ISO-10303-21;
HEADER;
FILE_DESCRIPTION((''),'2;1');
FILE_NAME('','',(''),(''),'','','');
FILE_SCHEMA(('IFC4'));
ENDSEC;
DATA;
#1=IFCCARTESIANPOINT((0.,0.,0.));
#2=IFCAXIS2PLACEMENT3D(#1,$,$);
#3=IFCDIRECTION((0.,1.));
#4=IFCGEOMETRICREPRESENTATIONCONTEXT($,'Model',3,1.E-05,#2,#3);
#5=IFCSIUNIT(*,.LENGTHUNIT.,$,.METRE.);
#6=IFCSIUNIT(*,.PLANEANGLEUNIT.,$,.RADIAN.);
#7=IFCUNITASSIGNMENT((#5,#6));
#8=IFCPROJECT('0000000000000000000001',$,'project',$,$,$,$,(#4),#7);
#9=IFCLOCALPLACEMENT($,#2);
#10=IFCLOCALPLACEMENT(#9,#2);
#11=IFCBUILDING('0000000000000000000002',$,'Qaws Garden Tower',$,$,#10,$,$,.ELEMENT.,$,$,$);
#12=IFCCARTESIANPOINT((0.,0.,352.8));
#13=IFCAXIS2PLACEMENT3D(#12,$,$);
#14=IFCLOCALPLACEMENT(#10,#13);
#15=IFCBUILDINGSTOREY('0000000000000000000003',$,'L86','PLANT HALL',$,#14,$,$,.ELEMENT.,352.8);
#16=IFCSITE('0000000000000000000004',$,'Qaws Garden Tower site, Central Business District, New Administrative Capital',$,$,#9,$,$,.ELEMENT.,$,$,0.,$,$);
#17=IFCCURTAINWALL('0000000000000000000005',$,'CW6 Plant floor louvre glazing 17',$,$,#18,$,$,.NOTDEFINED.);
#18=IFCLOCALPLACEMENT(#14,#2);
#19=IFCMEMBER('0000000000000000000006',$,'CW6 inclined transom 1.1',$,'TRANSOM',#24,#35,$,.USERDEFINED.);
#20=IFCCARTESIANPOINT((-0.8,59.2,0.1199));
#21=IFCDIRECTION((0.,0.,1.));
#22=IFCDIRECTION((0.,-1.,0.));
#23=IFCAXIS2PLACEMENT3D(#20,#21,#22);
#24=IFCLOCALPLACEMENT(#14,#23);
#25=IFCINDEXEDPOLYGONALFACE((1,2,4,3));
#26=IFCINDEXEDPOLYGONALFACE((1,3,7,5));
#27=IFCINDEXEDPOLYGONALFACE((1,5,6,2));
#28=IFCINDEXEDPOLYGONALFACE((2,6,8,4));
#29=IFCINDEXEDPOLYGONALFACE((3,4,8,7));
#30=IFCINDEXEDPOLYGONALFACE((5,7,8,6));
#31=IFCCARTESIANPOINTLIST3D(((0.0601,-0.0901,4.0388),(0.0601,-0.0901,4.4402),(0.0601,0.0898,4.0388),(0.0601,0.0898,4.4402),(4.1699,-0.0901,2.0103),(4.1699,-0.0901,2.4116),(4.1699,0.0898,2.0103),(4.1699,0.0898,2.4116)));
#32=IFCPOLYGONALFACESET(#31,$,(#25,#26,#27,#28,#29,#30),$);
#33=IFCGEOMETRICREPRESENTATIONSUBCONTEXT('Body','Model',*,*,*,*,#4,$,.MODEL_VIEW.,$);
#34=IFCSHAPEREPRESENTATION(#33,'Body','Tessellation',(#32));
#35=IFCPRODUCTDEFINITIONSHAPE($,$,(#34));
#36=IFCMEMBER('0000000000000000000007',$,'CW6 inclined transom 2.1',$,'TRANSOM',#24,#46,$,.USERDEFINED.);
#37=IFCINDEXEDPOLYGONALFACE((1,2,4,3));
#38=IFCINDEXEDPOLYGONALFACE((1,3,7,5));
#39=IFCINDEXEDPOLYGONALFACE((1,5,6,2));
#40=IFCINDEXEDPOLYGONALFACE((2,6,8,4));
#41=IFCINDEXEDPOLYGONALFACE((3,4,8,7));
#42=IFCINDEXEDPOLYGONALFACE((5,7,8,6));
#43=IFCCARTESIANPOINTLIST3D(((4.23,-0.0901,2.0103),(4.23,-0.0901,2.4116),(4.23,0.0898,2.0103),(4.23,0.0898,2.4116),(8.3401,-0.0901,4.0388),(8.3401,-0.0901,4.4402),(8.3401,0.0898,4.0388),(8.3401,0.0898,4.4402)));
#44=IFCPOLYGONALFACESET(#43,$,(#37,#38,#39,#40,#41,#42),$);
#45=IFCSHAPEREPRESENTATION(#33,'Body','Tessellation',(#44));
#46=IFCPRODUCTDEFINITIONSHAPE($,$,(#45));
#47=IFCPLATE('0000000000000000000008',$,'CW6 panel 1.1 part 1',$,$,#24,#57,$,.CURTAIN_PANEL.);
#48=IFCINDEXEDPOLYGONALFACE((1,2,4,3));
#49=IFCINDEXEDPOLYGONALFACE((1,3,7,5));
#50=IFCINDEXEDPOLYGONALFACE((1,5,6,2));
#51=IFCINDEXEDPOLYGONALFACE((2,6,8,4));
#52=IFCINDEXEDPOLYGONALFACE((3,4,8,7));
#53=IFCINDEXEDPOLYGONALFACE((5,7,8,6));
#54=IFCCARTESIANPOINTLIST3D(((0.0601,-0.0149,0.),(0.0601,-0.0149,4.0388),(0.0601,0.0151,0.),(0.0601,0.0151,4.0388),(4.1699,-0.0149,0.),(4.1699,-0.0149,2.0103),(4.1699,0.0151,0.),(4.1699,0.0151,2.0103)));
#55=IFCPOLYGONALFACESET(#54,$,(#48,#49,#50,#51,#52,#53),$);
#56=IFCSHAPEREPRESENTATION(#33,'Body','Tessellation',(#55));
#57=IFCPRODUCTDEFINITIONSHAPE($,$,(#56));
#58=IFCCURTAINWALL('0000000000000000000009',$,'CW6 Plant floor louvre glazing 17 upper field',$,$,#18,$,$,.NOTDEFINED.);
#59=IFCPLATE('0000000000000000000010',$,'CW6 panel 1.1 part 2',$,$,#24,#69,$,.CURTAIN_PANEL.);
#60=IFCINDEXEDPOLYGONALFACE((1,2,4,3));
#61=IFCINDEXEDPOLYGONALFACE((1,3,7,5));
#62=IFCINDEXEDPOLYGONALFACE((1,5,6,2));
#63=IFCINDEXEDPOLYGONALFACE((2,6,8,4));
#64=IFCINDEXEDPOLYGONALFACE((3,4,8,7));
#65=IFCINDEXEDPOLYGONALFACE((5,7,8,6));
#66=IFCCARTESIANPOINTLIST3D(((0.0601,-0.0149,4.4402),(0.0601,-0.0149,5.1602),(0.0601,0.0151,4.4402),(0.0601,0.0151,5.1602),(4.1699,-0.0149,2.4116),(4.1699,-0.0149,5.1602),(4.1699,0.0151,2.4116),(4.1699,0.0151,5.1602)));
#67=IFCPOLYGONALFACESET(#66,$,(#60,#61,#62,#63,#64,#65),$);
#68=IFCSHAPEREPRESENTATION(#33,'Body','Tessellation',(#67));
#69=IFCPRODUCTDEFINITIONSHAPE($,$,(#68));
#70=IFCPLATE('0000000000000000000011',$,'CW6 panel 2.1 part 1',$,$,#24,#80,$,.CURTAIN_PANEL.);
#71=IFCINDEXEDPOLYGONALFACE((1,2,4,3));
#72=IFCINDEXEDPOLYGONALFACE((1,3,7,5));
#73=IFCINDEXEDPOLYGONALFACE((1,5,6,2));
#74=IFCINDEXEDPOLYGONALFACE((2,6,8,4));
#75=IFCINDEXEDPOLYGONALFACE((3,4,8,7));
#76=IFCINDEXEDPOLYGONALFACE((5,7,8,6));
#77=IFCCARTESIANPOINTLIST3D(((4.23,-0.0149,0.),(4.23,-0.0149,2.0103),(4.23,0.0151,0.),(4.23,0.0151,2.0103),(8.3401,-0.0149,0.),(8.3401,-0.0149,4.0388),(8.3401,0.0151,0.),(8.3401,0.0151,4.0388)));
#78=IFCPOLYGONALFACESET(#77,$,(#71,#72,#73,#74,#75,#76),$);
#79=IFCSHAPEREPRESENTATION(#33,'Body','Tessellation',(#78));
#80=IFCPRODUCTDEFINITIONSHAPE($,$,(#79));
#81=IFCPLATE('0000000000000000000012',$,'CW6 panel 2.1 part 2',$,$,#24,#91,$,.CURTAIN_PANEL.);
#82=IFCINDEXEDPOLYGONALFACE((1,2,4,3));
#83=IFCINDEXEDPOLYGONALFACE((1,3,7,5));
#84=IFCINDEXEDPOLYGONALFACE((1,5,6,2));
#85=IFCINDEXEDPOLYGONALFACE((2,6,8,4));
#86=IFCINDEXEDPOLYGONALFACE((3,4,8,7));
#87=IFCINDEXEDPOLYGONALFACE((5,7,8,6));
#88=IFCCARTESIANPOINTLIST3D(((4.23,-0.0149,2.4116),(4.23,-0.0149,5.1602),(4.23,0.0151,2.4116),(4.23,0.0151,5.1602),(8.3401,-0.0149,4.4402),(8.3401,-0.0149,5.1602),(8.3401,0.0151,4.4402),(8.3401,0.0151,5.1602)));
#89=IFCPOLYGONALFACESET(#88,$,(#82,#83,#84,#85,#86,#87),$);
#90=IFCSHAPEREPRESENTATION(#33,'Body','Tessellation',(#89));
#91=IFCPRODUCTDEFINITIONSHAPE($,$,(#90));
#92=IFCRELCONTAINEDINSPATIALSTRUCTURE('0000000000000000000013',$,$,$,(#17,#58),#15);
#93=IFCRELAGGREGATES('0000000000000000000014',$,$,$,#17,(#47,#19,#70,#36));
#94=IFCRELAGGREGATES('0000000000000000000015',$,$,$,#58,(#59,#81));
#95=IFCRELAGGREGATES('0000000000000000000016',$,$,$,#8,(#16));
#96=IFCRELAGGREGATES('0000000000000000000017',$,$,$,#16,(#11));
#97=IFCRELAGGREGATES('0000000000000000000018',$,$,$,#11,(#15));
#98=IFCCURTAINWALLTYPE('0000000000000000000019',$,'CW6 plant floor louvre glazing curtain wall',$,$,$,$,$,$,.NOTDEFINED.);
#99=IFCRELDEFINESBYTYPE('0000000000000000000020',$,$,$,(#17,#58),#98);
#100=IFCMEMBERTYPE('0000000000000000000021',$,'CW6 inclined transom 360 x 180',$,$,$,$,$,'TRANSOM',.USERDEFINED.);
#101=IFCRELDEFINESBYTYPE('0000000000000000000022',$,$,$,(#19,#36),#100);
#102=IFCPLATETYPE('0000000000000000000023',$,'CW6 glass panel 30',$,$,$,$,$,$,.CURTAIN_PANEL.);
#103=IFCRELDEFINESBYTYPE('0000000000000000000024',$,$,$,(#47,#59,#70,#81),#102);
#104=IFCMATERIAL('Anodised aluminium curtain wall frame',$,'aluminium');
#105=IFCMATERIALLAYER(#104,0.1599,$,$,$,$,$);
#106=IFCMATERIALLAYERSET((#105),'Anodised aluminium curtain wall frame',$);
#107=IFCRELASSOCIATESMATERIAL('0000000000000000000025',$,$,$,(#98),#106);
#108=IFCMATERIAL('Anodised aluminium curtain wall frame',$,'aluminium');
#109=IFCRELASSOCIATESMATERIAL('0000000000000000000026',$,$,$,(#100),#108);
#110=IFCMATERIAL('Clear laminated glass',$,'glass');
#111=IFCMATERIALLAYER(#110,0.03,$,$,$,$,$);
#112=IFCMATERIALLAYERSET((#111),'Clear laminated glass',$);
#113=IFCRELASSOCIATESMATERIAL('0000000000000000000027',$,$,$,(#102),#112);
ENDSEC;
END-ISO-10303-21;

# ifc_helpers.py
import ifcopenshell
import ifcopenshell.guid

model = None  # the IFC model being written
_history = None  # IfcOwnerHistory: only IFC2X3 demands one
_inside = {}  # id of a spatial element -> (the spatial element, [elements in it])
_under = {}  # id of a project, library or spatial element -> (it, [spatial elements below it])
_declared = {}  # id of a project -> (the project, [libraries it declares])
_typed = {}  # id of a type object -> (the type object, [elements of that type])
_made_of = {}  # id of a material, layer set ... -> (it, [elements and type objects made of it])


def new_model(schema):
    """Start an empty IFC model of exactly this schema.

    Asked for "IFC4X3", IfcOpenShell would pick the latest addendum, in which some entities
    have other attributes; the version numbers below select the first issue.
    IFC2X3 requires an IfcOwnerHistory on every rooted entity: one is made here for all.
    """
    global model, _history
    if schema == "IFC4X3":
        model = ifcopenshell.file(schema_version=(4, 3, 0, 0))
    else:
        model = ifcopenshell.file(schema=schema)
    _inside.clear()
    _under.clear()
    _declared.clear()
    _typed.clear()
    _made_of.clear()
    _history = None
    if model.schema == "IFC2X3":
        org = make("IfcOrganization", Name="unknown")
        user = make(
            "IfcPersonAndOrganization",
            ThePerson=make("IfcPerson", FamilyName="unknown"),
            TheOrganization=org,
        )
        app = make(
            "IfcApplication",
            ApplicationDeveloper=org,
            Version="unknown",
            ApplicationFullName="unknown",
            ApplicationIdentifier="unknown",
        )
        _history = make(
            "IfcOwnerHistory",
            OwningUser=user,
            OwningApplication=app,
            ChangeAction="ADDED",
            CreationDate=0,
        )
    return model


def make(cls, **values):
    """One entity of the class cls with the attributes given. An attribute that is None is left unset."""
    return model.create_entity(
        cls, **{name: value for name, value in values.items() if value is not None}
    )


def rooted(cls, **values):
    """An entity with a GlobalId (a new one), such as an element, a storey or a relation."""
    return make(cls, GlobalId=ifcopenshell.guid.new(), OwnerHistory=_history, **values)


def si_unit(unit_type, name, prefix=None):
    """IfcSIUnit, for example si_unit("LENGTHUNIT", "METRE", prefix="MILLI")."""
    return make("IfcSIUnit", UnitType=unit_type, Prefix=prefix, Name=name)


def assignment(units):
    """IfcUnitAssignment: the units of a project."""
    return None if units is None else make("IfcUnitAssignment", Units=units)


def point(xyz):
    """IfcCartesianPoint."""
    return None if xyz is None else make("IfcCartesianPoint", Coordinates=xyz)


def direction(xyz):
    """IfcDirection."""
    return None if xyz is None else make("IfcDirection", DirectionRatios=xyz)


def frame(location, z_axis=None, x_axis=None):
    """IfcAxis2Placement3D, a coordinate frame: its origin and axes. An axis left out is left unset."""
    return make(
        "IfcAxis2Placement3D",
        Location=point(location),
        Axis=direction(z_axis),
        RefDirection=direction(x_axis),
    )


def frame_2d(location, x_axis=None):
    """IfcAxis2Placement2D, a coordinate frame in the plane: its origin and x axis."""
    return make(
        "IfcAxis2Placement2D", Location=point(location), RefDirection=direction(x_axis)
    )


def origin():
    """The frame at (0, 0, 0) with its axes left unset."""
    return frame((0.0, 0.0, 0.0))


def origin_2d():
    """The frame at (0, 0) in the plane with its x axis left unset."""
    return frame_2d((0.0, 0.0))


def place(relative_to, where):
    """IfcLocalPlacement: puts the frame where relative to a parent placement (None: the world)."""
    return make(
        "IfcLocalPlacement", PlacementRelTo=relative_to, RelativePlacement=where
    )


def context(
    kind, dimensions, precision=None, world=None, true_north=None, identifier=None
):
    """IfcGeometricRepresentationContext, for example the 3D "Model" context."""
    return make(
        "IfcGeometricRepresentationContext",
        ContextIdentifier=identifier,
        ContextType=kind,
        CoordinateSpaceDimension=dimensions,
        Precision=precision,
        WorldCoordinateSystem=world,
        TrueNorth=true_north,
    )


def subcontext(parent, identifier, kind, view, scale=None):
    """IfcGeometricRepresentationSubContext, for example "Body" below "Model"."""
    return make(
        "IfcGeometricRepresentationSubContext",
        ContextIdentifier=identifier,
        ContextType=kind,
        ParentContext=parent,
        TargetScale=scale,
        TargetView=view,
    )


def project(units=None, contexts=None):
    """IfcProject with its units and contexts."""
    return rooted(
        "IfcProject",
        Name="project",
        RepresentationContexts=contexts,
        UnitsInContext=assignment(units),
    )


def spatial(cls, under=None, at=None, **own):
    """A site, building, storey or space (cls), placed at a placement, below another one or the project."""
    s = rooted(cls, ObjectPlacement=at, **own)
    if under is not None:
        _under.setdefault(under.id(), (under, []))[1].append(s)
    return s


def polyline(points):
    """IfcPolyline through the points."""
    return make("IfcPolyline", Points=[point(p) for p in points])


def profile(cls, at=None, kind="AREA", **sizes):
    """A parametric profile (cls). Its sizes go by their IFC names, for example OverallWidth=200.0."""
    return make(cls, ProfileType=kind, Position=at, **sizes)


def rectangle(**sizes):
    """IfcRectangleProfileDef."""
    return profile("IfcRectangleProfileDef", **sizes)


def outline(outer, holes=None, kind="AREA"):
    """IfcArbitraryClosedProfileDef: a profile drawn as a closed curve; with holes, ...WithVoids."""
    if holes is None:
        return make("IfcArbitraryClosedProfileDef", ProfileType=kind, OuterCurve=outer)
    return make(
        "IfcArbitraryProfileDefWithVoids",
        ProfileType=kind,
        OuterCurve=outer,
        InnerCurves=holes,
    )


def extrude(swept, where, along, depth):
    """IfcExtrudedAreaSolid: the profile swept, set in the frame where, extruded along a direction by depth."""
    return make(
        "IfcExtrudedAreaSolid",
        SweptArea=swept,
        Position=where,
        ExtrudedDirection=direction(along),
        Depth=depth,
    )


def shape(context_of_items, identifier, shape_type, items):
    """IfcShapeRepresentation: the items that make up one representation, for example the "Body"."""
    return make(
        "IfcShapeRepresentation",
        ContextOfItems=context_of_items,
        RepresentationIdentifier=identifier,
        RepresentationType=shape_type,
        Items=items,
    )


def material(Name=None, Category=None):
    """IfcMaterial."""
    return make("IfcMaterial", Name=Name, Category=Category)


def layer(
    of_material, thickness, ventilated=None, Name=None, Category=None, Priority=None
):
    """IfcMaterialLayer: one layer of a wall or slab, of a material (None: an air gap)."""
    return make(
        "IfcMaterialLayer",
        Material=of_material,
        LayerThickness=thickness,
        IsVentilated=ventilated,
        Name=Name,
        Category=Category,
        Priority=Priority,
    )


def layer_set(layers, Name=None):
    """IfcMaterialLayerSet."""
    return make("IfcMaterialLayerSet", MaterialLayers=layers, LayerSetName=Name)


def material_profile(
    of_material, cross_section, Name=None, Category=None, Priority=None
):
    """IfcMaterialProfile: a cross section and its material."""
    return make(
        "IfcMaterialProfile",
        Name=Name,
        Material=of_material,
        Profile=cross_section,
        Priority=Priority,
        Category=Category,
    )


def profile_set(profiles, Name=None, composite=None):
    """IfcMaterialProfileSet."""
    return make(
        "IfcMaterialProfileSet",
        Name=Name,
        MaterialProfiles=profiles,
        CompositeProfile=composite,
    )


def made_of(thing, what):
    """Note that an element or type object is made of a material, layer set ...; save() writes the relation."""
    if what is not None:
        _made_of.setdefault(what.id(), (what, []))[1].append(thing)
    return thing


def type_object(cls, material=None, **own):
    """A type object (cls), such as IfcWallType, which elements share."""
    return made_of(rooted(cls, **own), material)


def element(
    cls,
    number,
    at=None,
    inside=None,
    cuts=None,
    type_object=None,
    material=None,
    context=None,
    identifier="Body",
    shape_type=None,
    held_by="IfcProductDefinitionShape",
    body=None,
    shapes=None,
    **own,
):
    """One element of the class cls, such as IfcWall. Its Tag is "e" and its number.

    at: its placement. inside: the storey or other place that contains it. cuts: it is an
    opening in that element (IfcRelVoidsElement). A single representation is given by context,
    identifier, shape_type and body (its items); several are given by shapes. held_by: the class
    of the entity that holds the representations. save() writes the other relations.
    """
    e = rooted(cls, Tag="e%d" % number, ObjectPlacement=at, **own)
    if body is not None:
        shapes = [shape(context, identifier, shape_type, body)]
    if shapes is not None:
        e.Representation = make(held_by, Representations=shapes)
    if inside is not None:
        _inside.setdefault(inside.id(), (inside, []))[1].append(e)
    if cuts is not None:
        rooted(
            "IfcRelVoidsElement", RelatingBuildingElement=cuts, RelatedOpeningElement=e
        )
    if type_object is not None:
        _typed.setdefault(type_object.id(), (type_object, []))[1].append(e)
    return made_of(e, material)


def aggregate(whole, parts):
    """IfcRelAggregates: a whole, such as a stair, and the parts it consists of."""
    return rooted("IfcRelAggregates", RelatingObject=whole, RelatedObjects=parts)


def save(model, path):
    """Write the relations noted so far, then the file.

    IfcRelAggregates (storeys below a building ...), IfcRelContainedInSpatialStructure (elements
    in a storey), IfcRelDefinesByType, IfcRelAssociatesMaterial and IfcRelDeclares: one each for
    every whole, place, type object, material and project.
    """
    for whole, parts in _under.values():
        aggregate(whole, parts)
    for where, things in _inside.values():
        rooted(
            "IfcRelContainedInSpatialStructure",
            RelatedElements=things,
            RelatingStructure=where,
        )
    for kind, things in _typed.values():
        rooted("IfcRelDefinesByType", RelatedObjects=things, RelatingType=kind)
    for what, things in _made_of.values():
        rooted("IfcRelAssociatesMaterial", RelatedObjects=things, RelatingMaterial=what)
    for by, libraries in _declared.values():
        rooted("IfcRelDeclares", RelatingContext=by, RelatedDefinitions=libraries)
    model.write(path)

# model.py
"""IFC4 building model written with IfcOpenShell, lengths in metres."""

from ifc_helpers import new_model, si_unit, direction, frame, origin, origin_2d, place, context, subcontext, project, spatial, polyline, rectangle, outline, extrude, material, layer, layer_set, material_profile, profile_set, type_object, element, aggregate, save


model = new_model("IFC4")

# Units and contexts
model_context = context("Model", 3, precision=1e-05, world=origin(), true_north=direction((0.0, 1.0)))
body_context = subcontext(model_context, "Body", "Model", "MODEL_VIEW")
ifc_project = project(units=[si_unit("LENGTHUNIT", "METRE"), si_unit("PLANEANGLEUNIT", "RADIAN")], contexts=[model_context])

# Site, building, storey
site_placement = place(None, origin())
site = spatial("IfcSite", under=ifc_project, at=site_placement, Name="Qaws Garden Tower site, Central Business District, New Administrative Capital", CompositionType="ELEMENT", RefElevation=0.0)
building_placement = place(site_placement, origin())
building = spatial("IfcBuilding", under=site, at=building_placement, Name="Qaws Garden Tower", CompositionType="ELEMENT")
storey_placement = place(building_placement, frame((0.0, 0.0, 352.8)))
storey = spatial("IfcBuildingStorey", under=building, at=storey_placement, Name="L86", Description="PLANT HALL", CompositionType="ELEMENT", Elevation=352.8)

# Curtain wall, members, plate
ifc_material_1 = material(Name="Anodised aluminium curtain wall frame", Category="aluminium")
ifc_layer_1 = layer(ifc_material_1, 0.1599)
ifc_layer_set_1 = layer_set([ifc_layer_1], Name="Anodised aluminium curtain wall frame")
curtain_wall_type = type_object("IfcCurtainWallType", Name="CW6 plant floor louvre glazing curtain wall", PredefinedType="NOTDEFINED", material=ifc_layer_set_1)
placement_1 = place(storey_placement, origin())
curtain_wall_1 = element("IfcCurtainWall", 1, at=placement_1, inside=storey, type_object=curtain_wall_type, Name="CW6 Plant floor louvre glazing 17", PredefinedType="NOTDEFINED")
ifc_material_2 = material(Name="Anodised aluminium curtain wall frame", Category="aluminium")
ifc_material_profile_1 = material_profile(ifc_material_2, rectangle(XDim=0.1799, YDim=0.3601, at=origin_2d()), Name="AL 180x360")
ifc_profile_set_1 = profile_set([ifc_material_profile_1], Name="Anodised aluminium curtain wall frame")
member_type_1 = type_object("IfcMemberType", Name="CW6 inclined transom 360 x 180", ElementType="TRANSOM", PredefinedType="USERDEFINED", material=ifc_profile_set_1)
placement_2 = place(storey_placement, frame((-0.8, 59.2, 0.1199), z_axis=(0.0, 0.0, 1.0), x_axis=(0.0, -1.0, 0.0)))
member_1 = element("IfcMember", 2, at=placement_2, type_object=member_type_1, Name="CW6 inclined transom 1.1", ObjectType="TRANSOM", PredefinedType="USERDEFINED", context=body_context, shape_type="SweptSolid", body=[
    extrude(outline(polyline([(0.0601, 4.0388), (4.1699, 2.0103), (4.1699, 2.4116), (0.0601, 4.4402), (0.0601, 4.0388)])), frame((0.0, 0.0898, 0.0), z_axis=(0.0, -1.0, 0.0), x_axis=(1.0, 0.0, 0.0)), (0.0, 0.0, 1.0), 0.1799),
])
member_2 = element("IfcMember", 3, at=placement_2, type_object=member_type_1, Name="CW6 inclined transom 2.1", ObjectType="TRANSOM", PredefinedType="USERDEFINED", context=body_context, shape_type="SweptSolid", body=[
    extrude(outline(polyline([(4.23, 2.0103), (8.3401, 4.0388), (8.3401, 4.4402), (4.23, 2.4116), (4.23, 2.0103)])), frame((0.0, 0.0898, 0.0), z_axis=(0.0, -1.0, 0.0), x_axis=(1.0, 0.0, 0.0)), (0.0, 0.0, 1.0), 0.1799),
])
ifc_material_3 = material(Name="Clear laminated glass", Category="glass")
ifc_layer_2 = layer(ifc_material_3, 0.03)
ifc_layer_set_2 = layer_set([ifc_layer_2], Name="Clear laminated glass")
plate_type = type_object("IfcPlateType", Name="CW6 glass panel 30", PredefinedType="CURTAIN_PANEL", material=ifc_layer_set_2)
plate_1 = element("IfcPlate", 4, at=placement_2, type_object=plate_type, Name="CW6 panel 1.1 part 1", PredefinedType="CURTAIN_PANEL", context=body_context, shape_type="SweptSolid", body=[
    extrude(outline(polyline([(4.1699, 0.0), (4.1699, 2.0103), (0.0601, 4.0388), (0.0601, 0.0), (4.1699, 0.0)])), frame((0.0, 0.0151, 0.0), z_axis=(0.0, -1.0, 0.0), x_axis=(1.0, 0.0, 0.0)), (0.0, 0.0, 1.0), 0.03),
])

# Curtain wall, plate
curtain_wall_2 = element("IfcCurtainWall", 5, at=placement_1, inside=storey, type_object=curtain_wall_type, Name="CW6 Plant floor louvre glazing 17 upper field", PredefinedType="NOTDEFINED")
plate_2 = element("IfcPlate", 6, at=placement_2, type_object=plate_type, Name="CW6 panel 1.1 part 2", PredefinedType="CURTAIN_PANEL", context=body_context, shape_type="SweptSolid", body=[
    extrude(outline(polyline([(0.0601, 5.1602), (0.0601, 4.4402), (4.1699, 2.4116), (4.1699, 5.1602), (0.0601, 5.1602)])), frame((0.0, 0.0151, 0.0), z_axis=(0.0, -1.0, 0.0), x_axis=(1.0, 0.0, 0.0)), (0.0, 0.0, 1.0), 0.03),
])

# Plates
plate_3 = element("IfcPlate", 7, at=placement_2, type_object=plate_type, Name="CW6 panel 2.1 part 1", PredefinedType="CURTAIN_PANEL", context=body_context, shape_type="SweptSolid", body=[
    extrude(outline(polyline([(8.3401, 0.0), (8.3401, 4.0388), (4.23, 2.0103), (4.23, 0.0), (8.3401, 0.0)])), frame((0.0, 0.0151, 0.0), z_axis=(0.0, -1.0, 0.0), x_axis=(1.0, 0.0, 0.0)), (0.0, 0.0, 1.0), 0.03),
])
aggregate(curtain_wall_1, [plate_1, member_1, plate_3, member_2])
plate_4 = element("IfcPlate", 8, at=placement_2, type_object=plate_type, Name="CW6 panel 2.1 part 2", PredefinedType="CURTAIN_PANEL", context=body_context, shape_type="SweptSolid", body=[
    extrude(outline(polyline([(4.23, 5.1602), (4.23, 2.4116), (8.3401, 4.4402), (8.3401, 5.1602), (4.23, 5.1602)])), frame((0.0, 0.0151, 0.0), z_axis=(0.0, -1.0, 0.0), x_axis=(1.0, 0.0, 0.0)), (0.0, 0.0, 1.0), 0.03),
])
aggregate(curtain_wall_2, [plate_2, plate_4])

save(model, "model.ifc")
